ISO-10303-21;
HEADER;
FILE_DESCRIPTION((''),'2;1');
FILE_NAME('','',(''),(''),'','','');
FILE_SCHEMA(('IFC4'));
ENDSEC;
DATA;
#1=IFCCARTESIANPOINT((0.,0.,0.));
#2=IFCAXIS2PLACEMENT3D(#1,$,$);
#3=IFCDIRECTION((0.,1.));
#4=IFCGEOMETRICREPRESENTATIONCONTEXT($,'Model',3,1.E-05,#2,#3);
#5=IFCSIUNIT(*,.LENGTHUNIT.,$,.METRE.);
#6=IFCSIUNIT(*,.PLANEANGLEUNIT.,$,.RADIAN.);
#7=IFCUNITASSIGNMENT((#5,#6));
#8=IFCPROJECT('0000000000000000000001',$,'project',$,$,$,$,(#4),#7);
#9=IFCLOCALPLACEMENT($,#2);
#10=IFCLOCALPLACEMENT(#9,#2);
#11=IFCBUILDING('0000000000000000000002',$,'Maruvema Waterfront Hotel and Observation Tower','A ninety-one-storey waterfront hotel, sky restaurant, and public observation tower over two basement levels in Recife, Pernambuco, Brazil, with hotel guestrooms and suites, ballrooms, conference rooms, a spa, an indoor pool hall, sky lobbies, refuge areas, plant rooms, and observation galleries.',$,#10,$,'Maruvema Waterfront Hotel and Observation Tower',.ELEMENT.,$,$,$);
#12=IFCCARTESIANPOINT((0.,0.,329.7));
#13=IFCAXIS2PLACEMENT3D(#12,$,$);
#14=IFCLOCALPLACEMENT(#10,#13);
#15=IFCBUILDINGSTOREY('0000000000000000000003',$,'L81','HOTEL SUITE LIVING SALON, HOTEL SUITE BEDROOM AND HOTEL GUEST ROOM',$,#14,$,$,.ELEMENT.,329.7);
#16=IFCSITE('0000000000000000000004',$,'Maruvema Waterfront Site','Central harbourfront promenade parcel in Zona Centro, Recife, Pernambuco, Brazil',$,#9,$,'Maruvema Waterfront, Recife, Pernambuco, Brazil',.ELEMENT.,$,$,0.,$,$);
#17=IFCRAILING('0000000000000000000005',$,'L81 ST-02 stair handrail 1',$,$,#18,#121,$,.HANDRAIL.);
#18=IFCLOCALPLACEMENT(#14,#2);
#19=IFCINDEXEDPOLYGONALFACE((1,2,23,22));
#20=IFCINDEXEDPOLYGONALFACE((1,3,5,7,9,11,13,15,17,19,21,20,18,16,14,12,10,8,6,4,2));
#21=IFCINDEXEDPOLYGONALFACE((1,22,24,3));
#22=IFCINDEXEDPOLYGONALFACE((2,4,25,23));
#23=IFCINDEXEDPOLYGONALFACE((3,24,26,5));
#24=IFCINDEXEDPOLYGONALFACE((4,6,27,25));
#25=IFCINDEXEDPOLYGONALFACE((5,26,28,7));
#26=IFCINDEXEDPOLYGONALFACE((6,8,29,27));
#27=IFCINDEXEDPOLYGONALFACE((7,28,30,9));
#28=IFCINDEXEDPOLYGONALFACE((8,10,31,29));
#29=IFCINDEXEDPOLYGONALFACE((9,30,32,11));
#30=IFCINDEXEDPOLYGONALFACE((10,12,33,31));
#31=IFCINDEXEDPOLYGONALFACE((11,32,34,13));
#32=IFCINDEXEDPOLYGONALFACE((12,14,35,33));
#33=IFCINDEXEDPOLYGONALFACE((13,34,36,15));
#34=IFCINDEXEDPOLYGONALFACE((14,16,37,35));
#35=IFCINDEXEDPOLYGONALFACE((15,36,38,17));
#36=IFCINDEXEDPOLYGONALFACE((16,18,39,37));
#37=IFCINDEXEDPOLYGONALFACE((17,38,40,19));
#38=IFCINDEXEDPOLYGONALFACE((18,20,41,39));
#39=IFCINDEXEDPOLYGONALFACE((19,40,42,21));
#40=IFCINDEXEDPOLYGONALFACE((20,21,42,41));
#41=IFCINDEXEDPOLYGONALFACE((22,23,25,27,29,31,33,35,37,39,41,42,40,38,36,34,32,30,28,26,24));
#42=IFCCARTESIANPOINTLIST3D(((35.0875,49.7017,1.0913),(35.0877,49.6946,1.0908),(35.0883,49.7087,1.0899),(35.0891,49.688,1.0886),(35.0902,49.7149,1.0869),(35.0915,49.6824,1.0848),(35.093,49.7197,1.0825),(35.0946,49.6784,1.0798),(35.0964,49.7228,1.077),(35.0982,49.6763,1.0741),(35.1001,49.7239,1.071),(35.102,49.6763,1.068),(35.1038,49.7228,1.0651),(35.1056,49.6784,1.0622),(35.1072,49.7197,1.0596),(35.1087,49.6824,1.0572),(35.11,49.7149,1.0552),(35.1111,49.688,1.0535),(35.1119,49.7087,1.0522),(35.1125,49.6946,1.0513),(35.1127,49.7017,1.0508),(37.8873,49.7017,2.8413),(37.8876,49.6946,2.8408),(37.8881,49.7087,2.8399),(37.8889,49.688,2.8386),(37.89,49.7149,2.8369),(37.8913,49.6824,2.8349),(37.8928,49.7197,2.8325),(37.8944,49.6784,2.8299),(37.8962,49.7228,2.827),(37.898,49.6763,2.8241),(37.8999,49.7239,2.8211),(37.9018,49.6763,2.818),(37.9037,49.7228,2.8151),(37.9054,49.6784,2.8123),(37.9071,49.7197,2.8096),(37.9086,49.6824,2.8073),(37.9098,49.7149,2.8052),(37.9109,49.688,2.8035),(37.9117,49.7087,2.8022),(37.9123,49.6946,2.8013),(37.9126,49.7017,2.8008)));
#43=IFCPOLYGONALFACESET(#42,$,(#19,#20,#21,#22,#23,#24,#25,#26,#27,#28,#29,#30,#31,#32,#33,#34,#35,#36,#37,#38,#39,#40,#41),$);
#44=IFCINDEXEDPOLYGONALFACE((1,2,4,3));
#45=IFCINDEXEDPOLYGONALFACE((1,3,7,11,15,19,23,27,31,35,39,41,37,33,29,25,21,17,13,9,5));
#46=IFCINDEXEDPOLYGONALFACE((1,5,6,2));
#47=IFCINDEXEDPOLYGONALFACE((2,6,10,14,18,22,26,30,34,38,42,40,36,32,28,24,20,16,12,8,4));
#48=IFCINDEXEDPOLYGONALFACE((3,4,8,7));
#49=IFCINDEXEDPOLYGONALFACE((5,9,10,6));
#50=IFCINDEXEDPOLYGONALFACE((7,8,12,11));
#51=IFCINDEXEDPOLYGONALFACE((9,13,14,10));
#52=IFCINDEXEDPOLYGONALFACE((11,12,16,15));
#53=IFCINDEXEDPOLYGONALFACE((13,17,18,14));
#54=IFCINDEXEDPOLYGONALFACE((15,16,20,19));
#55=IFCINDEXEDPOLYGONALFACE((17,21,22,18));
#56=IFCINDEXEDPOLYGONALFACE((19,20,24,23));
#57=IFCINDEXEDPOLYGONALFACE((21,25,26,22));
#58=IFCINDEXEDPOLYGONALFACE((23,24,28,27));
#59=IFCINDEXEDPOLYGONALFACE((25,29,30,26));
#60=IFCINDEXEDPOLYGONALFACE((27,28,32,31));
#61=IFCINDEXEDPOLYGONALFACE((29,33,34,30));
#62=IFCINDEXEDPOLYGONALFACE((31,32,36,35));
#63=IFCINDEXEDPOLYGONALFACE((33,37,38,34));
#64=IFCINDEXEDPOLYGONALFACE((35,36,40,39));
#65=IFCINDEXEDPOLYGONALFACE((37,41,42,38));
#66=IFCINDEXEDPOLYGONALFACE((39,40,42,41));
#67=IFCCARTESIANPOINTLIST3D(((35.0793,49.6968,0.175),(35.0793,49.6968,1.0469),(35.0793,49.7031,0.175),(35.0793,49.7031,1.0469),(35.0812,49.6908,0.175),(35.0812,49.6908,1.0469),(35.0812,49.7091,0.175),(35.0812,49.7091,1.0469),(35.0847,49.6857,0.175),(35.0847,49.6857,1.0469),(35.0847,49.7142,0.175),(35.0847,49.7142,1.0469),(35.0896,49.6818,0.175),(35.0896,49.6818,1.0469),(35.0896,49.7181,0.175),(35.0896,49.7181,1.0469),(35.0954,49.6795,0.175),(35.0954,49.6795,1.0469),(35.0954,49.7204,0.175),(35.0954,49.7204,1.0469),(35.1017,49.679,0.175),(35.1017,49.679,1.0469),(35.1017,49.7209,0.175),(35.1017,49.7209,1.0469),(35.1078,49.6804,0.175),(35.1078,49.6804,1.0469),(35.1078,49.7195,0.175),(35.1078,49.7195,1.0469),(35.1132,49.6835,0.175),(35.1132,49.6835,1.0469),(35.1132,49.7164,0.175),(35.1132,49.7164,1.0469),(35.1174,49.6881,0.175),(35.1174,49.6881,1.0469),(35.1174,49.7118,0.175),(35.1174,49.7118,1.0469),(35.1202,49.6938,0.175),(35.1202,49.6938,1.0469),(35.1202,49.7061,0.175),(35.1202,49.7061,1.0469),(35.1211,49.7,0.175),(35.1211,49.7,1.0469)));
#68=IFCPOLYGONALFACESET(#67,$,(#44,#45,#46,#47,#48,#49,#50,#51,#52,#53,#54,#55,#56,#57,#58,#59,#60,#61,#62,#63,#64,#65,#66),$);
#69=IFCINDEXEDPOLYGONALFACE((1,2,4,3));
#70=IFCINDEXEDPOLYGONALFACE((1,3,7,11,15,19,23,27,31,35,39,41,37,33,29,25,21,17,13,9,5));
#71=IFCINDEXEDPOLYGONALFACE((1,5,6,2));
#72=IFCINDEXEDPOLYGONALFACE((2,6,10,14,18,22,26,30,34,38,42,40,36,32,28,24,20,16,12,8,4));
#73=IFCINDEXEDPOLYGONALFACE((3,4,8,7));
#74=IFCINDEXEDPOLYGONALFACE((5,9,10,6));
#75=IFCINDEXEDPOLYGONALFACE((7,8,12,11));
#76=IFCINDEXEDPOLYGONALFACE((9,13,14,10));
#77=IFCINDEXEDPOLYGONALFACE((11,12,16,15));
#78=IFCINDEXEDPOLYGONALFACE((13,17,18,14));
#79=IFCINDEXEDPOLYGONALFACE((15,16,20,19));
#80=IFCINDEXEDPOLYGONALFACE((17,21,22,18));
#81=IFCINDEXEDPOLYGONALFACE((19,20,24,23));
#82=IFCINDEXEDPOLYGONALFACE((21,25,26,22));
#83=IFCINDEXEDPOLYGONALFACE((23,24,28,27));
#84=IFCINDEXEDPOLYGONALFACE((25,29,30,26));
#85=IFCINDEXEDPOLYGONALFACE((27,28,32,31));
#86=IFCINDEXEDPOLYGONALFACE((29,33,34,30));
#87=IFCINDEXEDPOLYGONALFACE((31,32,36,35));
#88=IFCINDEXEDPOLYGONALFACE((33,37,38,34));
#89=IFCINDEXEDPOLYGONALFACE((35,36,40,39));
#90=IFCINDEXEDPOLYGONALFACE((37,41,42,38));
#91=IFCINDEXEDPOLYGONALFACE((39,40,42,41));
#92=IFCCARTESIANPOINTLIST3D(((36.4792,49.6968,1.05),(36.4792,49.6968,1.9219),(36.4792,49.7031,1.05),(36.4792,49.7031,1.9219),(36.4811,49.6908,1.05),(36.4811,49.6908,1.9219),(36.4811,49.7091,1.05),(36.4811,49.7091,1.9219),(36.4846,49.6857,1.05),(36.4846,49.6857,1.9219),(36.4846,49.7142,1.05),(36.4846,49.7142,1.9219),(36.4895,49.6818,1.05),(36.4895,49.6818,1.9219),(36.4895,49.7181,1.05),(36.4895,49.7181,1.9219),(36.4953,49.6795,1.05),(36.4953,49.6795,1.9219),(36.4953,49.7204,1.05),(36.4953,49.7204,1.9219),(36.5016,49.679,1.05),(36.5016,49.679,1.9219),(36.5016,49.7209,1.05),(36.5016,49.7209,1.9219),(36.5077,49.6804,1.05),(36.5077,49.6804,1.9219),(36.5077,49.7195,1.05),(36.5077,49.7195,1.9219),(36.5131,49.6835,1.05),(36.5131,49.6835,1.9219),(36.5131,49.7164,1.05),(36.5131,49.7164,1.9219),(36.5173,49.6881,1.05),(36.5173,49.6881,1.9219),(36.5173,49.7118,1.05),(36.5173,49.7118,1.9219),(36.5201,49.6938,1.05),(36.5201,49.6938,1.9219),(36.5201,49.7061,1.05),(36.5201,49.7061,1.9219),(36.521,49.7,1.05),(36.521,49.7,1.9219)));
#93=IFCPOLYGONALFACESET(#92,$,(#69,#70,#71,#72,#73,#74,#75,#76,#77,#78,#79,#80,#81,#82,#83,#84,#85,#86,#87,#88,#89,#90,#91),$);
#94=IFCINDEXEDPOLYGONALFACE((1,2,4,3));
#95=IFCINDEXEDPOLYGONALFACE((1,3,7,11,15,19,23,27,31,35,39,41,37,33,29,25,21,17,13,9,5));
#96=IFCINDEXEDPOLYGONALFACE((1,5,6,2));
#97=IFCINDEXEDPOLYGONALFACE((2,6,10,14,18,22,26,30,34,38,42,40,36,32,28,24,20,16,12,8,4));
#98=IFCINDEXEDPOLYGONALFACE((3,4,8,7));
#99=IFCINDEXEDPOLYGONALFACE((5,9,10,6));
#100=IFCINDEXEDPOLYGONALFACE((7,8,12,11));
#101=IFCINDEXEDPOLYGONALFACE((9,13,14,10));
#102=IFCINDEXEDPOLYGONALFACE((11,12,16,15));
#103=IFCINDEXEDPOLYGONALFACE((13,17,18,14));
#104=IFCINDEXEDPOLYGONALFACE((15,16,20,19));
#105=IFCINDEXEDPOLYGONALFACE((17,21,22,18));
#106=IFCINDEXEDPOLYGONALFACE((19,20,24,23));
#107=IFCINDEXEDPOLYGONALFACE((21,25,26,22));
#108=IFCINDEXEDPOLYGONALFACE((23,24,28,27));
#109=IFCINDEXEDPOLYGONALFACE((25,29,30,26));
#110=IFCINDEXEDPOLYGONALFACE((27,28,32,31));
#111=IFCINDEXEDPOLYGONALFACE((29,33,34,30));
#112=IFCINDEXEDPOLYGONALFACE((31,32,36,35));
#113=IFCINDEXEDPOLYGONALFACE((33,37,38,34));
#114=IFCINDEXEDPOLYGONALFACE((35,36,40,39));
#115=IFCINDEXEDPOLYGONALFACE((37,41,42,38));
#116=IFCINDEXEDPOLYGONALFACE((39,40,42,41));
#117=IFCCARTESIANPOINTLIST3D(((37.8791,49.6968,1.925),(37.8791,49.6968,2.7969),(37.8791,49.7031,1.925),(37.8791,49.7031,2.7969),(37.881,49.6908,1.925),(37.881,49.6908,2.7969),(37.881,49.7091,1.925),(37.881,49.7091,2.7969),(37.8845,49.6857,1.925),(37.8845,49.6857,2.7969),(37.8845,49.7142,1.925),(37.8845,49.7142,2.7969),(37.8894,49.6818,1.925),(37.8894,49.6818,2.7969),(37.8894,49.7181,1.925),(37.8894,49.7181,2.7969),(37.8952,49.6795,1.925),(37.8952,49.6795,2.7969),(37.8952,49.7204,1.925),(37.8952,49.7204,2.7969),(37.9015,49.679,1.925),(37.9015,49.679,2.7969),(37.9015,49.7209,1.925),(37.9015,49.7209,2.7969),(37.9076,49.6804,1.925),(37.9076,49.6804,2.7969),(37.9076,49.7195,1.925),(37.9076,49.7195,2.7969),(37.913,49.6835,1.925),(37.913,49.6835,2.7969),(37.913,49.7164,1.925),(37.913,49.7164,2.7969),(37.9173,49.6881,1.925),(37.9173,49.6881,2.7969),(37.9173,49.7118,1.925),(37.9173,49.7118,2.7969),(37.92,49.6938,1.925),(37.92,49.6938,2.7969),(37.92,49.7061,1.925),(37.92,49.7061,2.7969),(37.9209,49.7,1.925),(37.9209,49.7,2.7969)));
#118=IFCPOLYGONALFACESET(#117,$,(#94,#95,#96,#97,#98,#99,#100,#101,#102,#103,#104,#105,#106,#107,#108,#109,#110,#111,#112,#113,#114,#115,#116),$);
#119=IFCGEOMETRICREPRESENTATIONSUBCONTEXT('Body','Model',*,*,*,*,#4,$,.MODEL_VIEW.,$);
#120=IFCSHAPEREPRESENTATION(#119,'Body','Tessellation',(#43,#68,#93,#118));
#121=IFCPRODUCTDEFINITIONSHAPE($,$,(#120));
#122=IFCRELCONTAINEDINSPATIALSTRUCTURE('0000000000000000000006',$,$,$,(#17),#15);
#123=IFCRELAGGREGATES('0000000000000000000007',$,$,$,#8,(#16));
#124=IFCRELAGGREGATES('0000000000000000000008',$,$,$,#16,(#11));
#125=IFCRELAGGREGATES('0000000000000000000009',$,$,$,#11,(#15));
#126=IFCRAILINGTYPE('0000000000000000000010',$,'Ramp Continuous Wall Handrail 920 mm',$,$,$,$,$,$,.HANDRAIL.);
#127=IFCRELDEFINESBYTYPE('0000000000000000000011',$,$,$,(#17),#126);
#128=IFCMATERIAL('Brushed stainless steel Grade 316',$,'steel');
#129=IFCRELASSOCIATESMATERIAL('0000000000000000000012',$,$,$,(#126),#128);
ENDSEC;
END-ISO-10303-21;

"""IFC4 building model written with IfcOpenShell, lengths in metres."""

from ifc_helpers import new_model, si_unit, direction, frame, origin, origin_2d, place, context, subcontext, project, spatial, circle, extrude, material, type_object, element, save


model = new_model("IFC4")

# Units and contexts
model_context = context("Model", 3, precision=1e-05, world=origin(), true_north=direction((0.0, 1.0)))
body_context = subcontext(model_context, "Body", "Model", "MODEL_VIEW")
ifc_project = project(units=[si_unit("LENGTHUNIT", "METRE"), si_unit("PLANEANGLEUNIT", "RADIAN")], contexts=[model_context])

# Site, building, storey
site_placement = place(None, origin())
site = spatial("IfcSite", under=ifc_project, at=site_placement, Name="Maruvema Waterfront Site", Description="Central harbourfront promenade parcel in Zona Centro, Recife, Pernambuco, Brazil", LongName="Maruvema Waterfront, Recife, Pernambuco, Brazil", CompositionType="ELEMENT", RefElevation=0.0)
building_placement = place(site_placement, origin())
building = spatial("IfcBuilding", under=site, at=building_placement, Name="Maruvema Waterfront Hotel and Observation Tower", Description="A ninety-one-storey waterfront hotel, sky restaurant, and public observation tower over two basement levels in Recife, Pernambuco, Brazil, with hotel guestrooms and suites, ballrooms, conference rooms, a spa, an indoor pool hall, sky lobbies, refuge areas, plant rooms, and observation galleries.", LongName="Maruvema Waterfront Hotel and Observation Tower", CompositionType="ELEMENT")
storey_placement = place(building_placement, frame((0.0, 0.0, 329.7)))
storey = spatial("IfcBuildingStorey", under=building, at=storey_placement, Name="L81", Description="HOTEL SUITE LIVING SALON, HOTEL SUITE BEDROOM AND HOTEL GUEST ROOM", CompositionType="ELEMENT", Elevation=329.7)

# Railing
ifc_material_1 = material(Name="Brushed stainless steel Grade 316", Category="steel")
railing_type_1 = type_object("IfcRailingType", Name="Ramp Continuous Wall Handrail 920 mm", PredefinedType="HANDRAIL", material=ifc_material_1)
railing_1_placement = place(storey_placement, frame((35.1001, 49.7, 0.175)))
element("IfcRailing", 1, at=railing_1_placement, inside=storey, type_object=railing_type_1, Name="L81 ST-02 stair handrail 1", PredefinedType="HANDRAIL", context=body_context, shape_type="SweptSolid", body=[
    extrude(circle(Radius=0.0239, at=origin_2d()), frame((0.0, 0.0, 0.896), z_axis=(0.847982, 0.0, 0.530026), x_axis=(0.0, 1.0, 0.0)), (0.0, 0.0, 1.0), 3.3018),
    extrude(circle(Radius=0.021, at=origin_2d()), origin(), (0.0, 0.0, 1.0), 0.8718),
    extrude(circle(Radius=0.021, at=origin_2d()), frame((1.3999, 0.0, 0.875)), (0.0, 0.0, 1.0), 0.8718),
    extrude(circle(Radius=0.021, at=origin_2d()), frame((2.7998, 0.0, 1.75)), (0.0, 0.0, 1.0), 0.8718),
])

save(model, "model.ifc")
